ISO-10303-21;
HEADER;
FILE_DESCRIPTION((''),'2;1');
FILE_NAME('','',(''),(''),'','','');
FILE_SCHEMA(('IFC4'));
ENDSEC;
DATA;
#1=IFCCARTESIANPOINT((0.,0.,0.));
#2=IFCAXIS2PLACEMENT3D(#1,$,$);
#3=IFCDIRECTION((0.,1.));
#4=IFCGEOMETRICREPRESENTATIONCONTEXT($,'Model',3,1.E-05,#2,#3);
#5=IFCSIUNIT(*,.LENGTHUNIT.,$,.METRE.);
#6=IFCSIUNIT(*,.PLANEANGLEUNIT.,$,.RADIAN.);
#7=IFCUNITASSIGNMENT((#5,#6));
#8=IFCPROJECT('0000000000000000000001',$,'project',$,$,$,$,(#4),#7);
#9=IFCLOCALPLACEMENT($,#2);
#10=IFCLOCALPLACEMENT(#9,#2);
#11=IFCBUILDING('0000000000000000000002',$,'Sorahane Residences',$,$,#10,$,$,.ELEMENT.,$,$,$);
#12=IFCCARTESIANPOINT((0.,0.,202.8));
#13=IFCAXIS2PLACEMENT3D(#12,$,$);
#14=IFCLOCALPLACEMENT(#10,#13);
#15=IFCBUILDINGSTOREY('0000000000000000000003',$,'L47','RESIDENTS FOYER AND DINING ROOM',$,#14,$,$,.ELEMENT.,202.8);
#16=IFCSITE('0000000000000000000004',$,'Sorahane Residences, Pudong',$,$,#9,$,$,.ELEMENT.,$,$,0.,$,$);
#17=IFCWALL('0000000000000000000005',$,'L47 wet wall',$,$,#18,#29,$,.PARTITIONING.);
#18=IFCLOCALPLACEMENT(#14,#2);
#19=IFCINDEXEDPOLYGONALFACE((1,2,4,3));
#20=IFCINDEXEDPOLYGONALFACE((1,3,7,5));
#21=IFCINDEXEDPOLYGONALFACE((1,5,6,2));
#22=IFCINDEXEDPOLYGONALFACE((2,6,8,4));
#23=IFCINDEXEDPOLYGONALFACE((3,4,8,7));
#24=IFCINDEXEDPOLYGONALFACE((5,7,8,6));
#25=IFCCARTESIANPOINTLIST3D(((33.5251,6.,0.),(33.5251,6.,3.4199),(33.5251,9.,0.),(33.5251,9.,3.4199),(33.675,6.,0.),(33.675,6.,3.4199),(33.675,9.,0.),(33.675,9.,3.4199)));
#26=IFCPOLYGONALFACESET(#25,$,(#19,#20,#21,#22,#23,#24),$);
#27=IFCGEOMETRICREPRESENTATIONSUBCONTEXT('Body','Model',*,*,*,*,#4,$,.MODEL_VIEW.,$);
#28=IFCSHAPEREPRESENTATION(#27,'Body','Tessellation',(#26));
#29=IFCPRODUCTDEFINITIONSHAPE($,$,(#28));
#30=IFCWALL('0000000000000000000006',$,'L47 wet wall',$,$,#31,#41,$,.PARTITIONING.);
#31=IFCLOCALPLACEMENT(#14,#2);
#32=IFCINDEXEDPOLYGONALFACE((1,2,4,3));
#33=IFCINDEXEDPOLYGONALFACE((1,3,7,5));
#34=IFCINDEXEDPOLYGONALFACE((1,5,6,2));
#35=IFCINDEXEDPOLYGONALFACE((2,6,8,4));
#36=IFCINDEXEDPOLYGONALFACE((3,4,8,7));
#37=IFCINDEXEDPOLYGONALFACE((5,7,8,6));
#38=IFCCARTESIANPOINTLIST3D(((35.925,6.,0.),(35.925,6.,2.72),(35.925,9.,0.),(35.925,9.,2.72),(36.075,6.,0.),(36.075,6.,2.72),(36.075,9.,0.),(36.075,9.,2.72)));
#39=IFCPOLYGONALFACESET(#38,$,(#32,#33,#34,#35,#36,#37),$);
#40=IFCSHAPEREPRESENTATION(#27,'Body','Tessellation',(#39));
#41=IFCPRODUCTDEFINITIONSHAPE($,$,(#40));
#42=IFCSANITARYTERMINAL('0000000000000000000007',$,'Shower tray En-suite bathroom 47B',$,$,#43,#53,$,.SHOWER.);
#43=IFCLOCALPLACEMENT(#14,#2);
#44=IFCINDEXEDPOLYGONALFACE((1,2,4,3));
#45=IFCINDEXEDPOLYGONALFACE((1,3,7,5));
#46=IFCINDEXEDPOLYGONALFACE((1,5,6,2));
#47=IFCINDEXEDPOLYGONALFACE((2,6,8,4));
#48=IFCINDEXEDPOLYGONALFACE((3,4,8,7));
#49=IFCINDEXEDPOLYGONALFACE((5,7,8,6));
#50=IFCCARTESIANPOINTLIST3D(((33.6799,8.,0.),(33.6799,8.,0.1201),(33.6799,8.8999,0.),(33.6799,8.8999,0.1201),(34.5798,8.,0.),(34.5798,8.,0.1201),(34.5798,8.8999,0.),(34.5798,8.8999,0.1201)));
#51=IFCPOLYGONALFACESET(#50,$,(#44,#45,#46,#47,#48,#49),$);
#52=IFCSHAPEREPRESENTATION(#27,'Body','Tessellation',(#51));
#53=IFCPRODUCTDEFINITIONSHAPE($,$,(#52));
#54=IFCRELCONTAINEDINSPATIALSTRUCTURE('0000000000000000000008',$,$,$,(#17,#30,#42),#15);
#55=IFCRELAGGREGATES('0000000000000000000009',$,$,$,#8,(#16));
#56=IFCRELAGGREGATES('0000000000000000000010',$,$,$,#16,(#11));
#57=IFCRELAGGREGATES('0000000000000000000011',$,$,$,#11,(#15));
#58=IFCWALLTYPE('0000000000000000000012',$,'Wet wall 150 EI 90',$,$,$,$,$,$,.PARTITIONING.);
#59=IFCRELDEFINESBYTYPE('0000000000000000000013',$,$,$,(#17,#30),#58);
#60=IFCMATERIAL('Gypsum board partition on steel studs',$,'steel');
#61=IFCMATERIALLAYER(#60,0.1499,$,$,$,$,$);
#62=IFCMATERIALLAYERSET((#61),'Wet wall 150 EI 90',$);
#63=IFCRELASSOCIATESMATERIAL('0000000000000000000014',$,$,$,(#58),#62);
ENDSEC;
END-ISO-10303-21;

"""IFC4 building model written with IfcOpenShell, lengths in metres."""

from ifc_helpers import new_model, si_unit, direction, frame, frame_2d, origin, origin_2d, place, context, subcontext, project, spatial, rectangle, extrude, material, layer, layer_set, type_object, element, save


model = new_model("IFC4")

# Units and contexts
model_context = context("Model", 3, precision=1e-05, world=origin(), true_north=direction((0.0, 1.0)))
body_context = subcontext(model_context, "Body", "Model", "MODEL_VIEW")
ifc_project = project(units=[si_unit("LENGTHUNIT", "METRE"), si_unit("PLANEANGLEUNIT", "RADIAN")], contexts=[model_context])

# Site, building, storey
site_placement = place(None, origin())
site = spatial("IfcSite", under=ifc_project, at=site_placement, Name="Sorahane Residences, Pudong", CompositionType="ELEMENT", RefElevation=0.0)
building_placement = place(site_placement, origin())
building = spatial("IfcBuilding", under=site, at=building_placement, Name="Sorahane Residences", CompositionType="ELEMENT")
storey_placement = place(building_placement, frame((0.0, 0.0, 202.8)))
storey = spatial("IfcBuildingStorey", under=building, at=storey_placement, Name="L47", Description="RESIDENTS FOYER AND DINING ROOM", CompositionType="ELEMENT", Elevation=202.8)

# Walls
ifc_material_1 = material(Name="Gypsum board partition on steel studs", Category="steel")
ifc_layer_1 = layer(ifc_material_1, 0.1499)
ifc_layer_set_1 = layer_set([ifc_layer_1], Name="Wet wall 150 EI 90")
wall_type_1 = type_object("IfcWallType", Name="Wet wall 150 EI 90", PredefinedType="PARTITIONING", material=ifc_layer_set_1)
wall_1_placement = place(storey_placement, frame((33.6001, 6.0, 0.0), z_axis=(0.0, 0.0, 1.0), x_axis=(0.0, 1.0, 0.0)))
element("IfcWall", 1, at=wall_1_placement, inside=storey, type_object=wall_type_1, Name="L47 wet wall", PredefinedType="PARTITIONING", context=body_context, shape_type="SweptSolid", body=[
    extrude(rectangle(XDim=3.0, YDim=0.1499, at=frame_2d((1.5, 0.0))), origin(), (0.0, 0.0, 1.0), 3.4199),
])
wall_2_placement = place(storey_placement, frame((36.0, 6.0, 0.0), z_axis=(0.0, 0.0, 1.0), x_axis=(0.0, 1.0, 0.0)))
element("IfcWall", 2, at=wall_2_placement, inside=storey, type_object=wall_type_1, Name="L47 wet wall", PredefinedType="PARTITIONING", context=body_context, shape_type="SweptSolid", body=[
    extrude(rectangle(XDim=3.0, YDim=0.1499, at=frame_2d((1.5, 0.0))), origin(), (0.0, 0.0, 1.0), 2.72),
])

# Sanitary terminal
sanitary_terminal_placement = place(storey_placement, frame((34.1299, 8.45, 0.0), z_axis=(0.0, 0.0, 1.0), x_axis=(1.0, 0.0, 0.0)))
element("IfcSanitaryTerminal", 3, at=sanitary_terminal_placement, inside=storey, Name="Shower tray En-suite bathroom 47B", PredefinedType="SHOWER", context=body_context, shape_type="SweptSolid", body=[
    extrude(rectangle(XDim=0.8999, YDim=0.8999, at=origin_2d()), origin(), (0.0, 0.0, 1.0), 0.1201),
])

save(model, "model.ifc")
